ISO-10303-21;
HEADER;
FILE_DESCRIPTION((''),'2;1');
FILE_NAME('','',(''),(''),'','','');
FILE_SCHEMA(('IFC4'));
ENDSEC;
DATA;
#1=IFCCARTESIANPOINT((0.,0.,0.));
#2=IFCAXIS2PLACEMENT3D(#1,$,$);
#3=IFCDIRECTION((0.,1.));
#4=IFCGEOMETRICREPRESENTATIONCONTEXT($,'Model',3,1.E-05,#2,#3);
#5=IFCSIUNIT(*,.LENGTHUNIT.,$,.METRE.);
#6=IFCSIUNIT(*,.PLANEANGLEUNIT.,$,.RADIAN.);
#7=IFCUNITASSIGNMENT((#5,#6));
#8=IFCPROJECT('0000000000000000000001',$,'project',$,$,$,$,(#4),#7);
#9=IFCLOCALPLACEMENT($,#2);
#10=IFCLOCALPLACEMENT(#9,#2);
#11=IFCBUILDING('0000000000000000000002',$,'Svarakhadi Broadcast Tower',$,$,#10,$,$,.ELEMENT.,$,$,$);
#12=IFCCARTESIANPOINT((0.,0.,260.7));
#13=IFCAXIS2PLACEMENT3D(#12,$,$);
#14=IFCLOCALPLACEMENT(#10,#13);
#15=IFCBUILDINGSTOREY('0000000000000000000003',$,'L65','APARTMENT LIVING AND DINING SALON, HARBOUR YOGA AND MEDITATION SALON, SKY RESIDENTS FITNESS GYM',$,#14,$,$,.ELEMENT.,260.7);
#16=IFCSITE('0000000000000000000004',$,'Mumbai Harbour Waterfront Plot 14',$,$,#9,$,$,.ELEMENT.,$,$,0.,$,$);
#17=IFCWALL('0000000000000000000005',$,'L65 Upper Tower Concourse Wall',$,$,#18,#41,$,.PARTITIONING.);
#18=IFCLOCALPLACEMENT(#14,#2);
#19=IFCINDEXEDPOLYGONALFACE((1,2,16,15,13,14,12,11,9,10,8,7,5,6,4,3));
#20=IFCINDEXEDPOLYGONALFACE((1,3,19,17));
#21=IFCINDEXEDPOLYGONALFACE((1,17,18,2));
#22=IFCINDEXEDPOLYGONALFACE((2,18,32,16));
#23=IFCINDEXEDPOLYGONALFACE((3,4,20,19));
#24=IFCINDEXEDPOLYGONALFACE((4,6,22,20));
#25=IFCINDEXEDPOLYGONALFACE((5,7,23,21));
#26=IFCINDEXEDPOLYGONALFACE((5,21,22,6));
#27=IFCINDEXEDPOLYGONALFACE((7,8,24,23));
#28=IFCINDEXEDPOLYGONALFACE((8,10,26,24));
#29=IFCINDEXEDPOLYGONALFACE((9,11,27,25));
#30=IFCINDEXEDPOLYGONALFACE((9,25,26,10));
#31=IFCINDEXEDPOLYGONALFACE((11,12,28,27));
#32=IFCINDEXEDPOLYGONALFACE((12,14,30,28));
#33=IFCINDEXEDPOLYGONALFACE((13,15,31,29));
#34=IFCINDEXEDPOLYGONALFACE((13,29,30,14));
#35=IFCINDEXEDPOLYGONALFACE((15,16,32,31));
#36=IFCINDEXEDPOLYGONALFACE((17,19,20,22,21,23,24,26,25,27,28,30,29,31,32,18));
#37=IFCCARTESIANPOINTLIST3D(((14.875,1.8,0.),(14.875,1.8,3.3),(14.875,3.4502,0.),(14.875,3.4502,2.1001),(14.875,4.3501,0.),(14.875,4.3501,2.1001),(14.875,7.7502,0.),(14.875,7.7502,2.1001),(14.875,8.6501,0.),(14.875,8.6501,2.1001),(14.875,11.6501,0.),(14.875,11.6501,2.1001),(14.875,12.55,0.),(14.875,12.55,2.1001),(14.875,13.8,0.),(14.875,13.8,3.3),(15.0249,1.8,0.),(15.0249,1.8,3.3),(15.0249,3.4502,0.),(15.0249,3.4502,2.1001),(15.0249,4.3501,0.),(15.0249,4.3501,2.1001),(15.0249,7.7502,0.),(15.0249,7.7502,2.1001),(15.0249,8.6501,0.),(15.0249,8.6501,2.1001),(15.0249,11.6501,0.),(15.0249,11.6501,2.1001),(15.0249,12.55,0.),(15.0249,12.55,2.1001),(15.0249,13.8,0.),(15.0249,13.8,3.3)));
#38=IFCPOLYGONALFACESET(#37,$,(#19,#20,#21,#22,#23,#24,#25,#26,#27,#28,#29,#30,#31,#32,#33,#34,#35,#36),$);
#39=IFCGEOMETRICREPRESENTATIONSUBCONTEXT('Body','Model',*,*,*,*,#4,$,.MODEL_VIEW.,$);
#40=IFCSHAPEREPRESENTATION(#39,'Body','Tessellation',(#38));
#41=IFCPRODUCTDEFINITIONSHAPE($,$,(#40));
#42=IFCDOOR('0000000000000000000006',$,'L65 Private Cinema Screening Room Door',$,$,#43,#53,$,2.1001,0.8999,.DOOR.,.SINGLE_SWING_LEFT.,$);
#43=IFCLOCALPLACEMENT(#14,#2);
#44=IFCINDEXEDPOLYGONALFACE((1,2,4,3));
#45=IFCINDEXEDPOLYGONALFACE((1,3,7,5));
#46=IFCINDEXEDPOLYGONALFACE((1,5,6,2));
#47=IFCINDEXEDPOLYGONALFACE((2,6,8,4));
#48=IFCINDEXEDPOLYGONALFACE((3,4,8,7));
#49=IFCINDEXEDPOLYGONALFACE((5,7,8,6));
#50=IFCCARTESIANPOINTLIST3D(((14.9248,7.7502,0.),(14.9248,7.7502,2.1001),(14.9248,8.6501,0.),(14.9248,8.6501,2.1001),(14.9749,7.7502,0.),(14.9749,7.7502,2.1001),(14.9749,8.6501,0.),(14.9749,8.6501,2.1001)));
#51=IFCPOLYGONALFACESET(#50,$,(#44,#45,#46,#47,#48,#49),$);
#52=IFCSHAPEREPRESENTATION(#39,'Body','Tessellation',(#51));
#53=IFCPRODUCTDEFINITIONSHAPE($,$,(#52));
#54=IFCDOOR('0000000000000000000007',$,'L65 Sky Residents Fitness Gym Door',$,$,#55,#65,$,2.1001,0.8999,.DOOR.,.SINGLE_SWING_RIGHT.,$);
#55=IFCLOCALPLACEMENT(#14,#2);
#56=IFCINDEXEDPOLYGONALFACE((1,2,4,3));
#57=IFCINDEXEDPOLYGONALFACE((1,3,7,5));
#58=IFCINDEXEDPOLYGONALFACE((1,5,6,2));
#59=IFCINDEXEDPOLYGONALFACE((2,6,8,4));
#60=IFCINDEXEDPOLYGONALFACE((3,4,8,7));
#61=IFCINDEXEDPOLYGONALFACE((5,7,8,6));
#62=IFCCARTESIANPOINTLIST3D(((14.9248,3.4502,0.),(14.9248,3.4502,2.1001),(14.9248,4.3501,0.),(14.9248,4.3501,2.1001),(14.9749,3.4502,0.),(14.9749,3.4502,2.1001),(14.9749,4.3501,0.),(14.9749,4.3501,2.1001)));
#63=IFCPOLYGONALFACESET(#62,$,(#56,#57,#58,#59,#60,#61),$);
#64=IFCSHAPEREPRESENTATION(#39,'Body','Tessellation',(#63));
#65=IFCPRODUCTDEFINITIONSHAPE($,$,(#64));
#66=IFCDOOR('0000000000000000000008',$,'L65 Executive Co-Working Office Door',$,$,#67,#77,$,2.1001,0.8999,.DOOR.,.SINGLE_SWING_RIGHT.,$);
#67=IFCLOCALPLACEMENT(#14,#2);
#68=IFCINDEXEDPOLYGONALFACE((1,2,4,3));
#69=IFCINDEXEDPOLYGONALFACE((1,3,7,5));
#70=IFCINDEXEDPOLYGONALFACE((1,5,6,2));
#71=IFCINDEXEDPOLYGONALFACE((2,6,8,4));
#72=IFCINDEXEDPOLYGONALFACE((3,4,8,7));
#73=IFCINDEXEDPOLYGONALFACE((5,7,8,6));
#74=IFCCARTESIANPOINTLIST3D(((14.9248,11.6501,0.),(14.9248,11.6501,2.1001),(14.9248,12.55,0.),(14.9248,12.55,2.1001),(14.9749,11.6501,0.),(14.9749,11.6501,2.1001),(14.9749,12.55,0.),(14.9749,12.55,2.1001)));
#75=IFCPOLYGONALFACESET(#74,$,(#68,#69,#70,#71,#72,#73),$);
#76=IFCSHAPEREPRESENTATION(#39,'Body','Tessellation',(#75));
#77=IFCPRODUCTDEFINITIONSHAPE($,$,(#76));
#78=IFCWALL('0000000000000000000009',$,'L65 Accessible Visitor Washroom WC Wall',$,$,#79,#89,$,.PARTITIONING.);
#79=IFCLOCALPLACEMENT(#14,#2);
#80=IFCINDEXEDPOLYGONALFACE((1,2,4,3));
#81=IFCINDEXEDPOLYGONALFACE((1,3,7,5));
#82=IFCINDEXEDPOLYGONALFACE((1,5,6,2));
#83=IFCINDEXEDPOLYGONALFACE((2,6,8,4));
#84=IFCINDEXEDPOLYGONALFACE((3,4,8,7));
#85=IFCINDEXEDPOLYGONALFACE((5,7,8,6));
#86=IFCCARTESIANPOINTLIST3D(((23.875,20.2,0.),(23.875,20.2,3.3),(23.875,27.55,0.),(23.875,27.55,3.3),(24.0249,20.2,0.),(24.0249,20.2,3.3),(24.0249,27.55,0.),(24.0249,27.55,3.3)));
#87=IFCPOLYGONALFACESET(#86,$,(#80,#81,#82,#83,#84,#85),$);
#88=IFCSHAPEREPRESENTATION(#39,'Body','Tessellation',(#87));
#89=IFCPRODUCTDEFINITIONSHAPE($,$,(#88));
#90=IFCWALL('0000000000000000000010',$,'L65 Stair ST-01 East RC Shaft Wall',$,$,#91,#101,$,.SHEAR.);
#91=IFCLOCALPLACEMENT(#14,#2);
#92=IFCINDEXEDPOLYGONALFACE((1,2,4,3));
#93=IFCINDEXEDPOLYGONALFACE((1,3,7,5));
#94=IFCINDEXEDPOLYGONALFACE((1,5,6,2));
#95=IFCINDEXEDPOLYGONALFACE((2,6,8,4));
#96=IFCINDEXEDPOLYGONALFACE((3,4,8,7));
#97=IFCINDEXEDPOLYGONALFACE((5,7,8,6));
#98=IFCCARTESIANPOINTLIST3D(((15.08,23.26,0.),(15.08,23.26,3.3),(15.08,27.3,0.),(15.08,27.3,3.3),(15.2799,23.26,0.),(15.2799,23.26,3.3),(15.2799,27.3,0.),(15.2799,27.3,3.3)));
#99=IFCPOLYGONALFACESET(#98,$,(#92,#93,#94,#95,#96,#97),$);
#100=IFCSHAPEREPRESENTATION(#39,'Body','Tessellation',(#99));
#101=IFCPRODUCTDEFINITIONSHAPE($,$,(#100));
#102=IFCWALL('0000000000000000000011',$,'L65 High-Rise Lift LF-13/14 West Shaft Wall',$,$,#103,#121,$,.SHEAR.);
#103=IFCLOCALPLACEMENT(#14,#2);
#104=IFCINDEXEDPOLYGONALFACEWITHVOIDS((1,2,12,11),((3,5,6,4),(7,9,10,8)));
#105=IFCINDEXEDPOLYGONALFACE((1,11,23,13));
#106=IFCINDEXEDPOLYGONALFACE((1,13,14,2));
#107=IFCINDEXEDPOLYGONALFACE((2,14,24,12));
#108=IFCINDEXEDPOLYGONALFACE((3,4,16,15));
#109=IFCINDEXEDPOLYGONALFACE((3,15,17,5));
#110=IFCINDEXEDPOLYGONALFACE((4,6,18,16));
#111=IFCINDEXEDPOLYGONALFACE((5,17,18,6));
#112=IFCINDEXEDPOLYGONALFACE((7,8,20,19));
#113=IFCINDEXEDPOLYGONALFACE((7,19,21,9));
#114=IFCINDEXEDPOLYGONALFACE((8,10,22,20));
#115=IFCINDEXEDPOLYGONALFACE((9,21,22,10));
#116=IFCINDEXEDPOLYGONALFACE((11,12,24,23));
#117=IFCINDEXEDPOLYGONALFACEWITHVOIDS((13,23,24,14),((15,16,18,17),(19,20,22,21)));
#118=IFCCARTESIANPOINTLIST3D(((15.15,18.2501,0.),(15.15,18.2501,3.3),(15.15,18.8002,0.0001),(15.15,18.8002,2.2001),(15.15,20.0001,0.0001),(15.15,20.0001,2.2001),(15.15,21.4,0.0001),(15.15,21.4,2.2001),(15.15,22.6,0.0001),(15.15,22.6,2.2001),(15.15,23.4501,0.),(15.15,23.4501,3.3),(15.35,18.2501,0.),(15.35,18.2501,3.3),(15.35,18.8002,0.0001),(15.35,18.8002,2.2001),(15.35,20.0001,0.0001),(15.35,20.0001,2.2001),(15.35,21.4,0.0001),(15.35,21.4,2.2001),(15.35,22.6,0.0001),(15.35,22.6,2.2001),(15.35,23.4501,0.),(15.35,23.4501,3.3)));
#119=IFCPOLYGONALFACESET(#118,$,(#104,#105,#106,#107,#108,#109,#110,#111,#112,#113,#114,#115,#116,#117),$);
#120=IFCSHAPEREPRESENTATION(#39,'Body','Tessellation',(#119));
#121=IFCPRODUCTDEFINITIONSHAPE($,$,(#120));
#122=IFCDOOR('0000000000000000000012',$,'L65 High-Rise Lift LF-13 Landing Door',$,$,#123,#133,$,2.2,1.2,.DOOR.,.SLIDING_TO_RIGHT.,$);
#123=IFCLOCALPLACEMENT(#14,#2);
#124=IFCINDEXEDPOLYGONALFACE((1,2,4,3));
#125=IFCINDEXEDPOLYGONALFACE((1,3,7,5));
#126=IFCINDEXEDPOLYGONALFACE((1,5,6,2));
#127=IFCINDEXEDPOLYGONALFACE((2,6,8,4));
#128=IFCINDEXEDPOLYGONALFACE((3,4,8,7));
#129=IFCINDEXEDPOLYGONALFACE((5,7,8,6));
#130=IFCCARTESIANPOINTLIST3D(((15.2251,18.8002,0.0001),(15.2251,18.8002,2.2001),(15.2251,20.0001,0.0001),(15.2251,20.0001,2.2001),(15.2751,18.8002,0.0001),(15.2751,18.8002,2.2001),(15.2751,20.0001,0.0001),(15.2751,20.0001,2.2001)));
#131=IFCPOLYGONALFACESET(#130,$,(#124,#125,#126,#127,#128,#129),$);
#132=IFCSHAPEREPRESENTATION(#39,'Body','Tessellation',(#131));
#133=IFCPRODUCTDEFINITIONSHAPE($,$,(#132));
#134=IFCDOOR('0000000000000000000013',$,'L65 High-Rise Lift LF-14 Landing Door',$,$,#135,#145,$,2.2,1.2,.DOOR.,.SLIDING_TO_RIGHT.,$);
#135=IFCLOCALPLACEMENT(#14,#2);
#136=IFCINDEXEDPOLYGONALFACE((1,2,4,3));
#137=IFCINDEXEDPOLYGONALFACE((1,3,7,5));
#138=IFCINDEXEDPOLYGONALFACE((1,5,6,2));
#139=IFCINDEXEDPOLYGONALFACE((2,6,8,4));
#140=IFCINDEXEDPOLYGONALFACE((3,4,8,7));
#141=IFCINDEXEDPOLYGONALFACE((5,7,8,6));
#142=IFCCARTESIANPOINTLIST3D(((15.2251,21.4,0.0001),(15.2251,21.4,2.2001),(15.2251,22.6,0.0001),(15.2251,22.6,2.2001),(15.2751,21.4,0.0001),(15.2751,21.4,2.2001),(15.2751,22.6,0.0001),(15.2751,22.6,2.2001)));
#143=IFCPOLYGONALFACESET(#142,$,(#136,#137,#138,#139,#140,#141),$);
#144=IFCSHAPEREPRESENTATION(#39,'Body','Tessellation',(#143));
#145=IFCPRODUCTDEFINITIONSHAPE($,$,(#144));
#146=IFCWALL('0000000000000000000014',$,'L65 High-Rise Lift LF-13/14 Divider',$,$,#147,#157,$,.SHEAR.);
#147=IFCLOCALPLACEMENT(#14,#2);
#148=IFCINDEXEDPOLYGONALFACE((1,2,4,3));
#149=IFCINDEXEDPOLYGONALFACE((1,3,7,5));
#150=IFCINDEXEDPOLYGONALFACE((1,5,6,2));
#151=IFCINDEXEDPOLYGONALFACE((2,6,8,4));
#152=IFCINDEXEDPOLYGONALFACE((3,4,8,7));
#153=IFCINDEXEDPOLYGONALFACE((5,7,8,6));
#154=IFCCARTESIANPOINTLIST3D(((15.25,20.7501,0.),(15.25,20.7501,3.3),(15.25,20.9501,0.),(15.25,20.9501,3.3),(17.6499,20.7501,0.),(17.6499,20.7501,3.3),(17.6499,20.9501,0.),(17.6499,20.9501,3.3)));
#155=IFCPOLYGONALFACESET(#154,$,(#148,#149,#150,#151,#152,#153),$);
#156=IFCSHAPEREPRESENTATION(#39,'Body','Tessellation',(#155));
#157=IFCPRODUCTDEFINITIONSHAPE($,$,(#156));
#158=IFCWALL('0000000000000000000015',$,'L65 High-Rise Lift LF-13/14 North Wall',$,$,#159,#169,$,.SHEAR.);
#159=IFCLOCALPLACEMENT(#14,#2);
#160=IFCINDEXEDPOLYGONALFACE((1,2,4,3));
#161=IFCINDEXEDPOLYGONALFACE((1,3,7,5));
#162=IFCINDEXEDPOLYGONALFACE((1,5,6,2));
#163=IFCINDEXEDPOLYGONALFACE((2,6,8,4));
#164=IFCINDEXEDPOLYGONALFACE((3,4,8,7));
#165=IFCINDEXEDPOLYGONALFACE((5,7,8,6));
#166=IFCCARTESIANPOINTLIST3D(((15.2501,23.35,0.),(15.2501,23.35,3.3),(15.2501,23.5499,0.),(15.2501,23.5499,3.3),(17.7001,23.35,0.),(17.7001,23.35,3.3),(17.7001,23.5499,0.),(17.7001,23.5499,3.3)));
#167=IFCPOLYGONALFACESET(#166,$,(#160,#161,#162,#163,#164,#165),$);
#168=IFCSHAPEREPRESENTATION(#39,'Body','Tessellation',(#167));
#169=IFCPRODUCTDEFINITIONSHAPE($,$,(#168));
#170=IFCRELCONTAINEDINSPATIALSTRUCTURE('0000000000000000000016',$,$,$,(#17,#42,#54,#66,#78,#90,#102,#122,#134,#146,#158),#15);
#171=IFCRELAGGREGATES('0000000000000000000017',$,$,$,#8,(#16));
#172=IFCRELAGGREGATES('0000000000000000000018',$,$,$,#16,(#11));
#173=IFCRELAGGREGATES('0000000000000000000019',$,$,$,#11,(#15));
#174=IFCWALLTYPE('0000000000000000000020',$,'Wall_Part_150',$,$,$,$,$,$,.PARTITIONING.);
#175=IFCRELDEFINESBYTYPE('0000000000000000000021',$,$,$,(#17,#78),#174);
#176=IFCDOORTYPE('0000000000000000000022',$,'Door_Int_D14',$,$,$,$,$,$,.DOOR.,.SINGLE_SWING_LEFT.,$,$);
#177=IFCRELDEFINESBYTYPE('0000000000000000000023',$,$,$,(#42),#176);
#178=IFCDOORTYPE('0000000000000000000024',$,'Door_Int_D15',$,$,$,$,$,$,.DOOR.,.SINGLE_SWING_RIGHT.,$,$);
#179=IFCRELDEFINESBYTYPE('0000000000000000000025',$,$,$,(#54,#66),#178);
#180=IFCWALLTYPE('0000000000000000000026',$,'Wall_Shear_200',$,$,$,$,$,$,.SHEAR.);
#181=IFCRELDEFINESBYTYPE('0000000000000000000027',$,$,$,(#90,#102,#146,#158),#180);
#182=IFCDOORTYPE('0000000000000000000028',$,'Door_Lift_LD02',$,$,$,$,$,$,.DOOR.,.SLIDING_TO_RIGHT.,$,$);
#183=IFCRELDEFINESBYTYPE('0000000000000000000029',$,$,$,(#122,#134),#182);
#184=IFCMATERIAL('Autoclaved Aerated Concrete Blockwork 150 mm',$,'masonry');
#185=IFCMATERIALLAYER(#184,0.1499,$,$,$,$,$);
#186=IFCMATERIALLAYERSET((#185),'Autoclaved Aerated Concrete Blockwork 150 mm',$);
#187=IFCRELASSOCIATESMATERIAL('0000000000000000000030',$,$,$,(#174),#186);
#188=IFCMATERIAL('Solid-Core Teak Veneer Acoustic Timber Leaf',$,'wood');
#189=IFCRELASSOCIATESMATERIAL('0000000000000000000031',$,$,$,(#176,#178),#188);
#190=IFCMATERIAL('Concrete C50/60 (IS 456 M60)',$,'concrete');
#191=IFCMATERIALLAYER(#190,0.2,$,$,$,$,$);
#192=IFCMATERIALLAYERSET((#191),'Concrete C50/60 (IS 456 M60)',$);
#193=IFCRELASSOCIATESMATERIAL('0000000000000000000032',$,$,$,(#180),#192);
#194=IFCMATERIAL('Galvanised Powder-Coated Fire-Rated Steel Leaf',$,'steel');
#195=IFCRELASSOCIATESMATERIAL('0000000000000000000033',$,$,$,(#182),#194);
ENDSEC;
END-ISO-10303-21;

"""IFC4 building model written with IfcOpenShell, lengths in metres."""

from ifc_helpers import new_model, si_unit, direction, frame, frame_2d, origin, place, context, subcontext, project, spatial, rectangle, extrude, material, layer, layer_set, type_object, element, fill, save


model = new_model("IFC4")

# Units and contexts
model_context = context("Model", 3, precision=1e-05, world=origin(), true_north=direction((0.0, 1.0)))
body_context = subcontext(model_context, "Body", "Model", "MODEL_VIEW")
ifc_project = project(units=[si_unit("LENGTHUNIT", "METRE"), si_unit("PLANEANGLEUNIT", "RADIAN")], contexts=[model_context])

# Site, building, storey
site_placement = place(None, origin())
site = spatial("IfcSite", under=ifc_project, at=site_placement, Name="Mumbai Harbour Waterfront Plot 14", CompositionType="ELEMENT", RefElevation=0.0)
building_placement = place(site_placement, origin())
building = spatial("IfcBuilding", under=site, at=building_placement, Name="Svarakhadi Broadcast Tower", CompositionType="ELEMENT")
storey_placement = place(building_placement, frame((0.0, 0.0, 260.7)))
storey = spatial("IfcBuildingStorey", under=building, at=storey_placement, Name="L65", Description="APARTMENT LIVING AND DINING SALON, HARBOUR YOGA AND MEDITATION SALON, SKY RESIDENTS FITNESS GYM", CompositionType="ELEMENT", Elevation=260.7)

# Shared definitions
ifc_material_1 = material(Name="Concrete C50/60 (IS 456 M60)", Category="concrete")

# Shared definitions
ifc_material_2 = material(Name="Autoclaved Aerated Concrete Blockwork 150 mm", Category="masonry")
ifc_layer_1 = layer(ifc_material_2, 0.1499)
ifc_layer_set_1 = layer_set([ifc_layer_1], Name="Autoclaved Aerated Concrete Blockwork 150 mm")
wall_type_1 = type_object("IfcWallType", Name="Wall_Part_150", PredefinedType="PARTITIONING", material=ifc_layer_set_1)

# Shared definitions
ifc_material_3 = material(Name="Solid-Core Teak Veneer Acoustic Timber Leaf", Category="wood")
door_type_1 = type_object("IfcDoorType", Name="Door_Int_D14", OperationType="SINGLE_SWING_LEFT", PredefinedType="DOOR", material=ifc_material_3)
door_type_2 = type_object("IfcDoorType", Name="Door_Int_D15", OperationType="SINGLE_SWING_RIGHT", PredefinedType="DOOR", material=ifc_material_3)

# Wall, openings, doors
wall_1_placement = place(storey_placement, frame((14.95, 13.8, 0.0), z_axis=(0.0, 0.0, 1.0), x_axis=(0.0, -1.0, 0.0)))
wall_1 = element("IfcWall", 1, at=wall_1_placement, inside=storey, type_object=wall_type_1, Name="L65 Upper Tower Concourse Wall", PredefinedType="PARTITIONING", context=body_context, shape_type="SweptSolid", body=[
    extrude(rectangle(XDim=12.0, YDim=0.1499, at=frame_2d((6.0, 0.0))), origin(), (0.0, 0.0, 1.0), 3.3),
])
opening_1_placement = place(wall_1_placement, frame((9.45, 0.0, 0.0)))
opening_1 = element("IfcOpeningElement", 2, at=opening_1_placement, cuts=wall_1, PredefinedType="OPENING", context=body_context, shape_type="SweptSolid", body=[
    extrude(rectangle(XDim=0.8999, YDim=2.1001, at=frame_2d((0.45, 1.05))), frame((0.0, 0.085, 0.0), z_axis=(0.0, -1.0, 0.0), x_axis=(1.0, 0.0, 0.0)), (0.0, 0.0, 1.0), 0.1699),
])
opening_2_placement = place(wall_1_placement, frame((5.1499, 0.0, 0.0)))
opening_2 = element("IfcOpeningElement", 3, at=opening_2_placement, cuts=wall_1, PredefinedType="OPENING", context=body_context, shape_type="SweptSolid", body=[
    extrude(rectangle(XDim=0.8999, YDim=2.1001, at=frame_2d((0.45, 1.05))), frame((0.0, 0.085, 0.0), z_axis=(0.0, -1.0, 0.0), x_axis=(1.0, 0.0, 0.0)), (0.0, 0.0, 1.0), 0.1699),
])
opening_3_placement = place(wall_1_placement, frame((1.25, 0.0, 0.0)))
opening_3 = element("IfcOpeningElement", 4, at=opening_3_placement, cuts=wall_1, PredefinedType="OPENING", context=body_context, shape_type="SweptSolid", body=[
    extrude(rectangle(XDim=0.8999, YDim=2.1001, at=frame_2d((0.45, 1.05))), frame((0.0, 0.085, 0.0), z_axis=(0.0, -1.0, 0.0), x_axis=(1.0, 0.0, 0.0)), (0.0, 0.0, 1.0), 0.1699),
])
door_1_placement = place(opening_2_placement, origin())
door_1 = element("IfcDoor", 5, at=door_1_placement, inside=storey, type_object=door_type_1, Name="L65 Private Cinema Screening Room Door", OperationType="SINGLE_SWING_LEFT", OverallHeight=2.1001, OverallWidth=0.8999, PredefinedType="DOOR", context=body_context, shape_type="SweptSolid", body=[
    extrude(rectangle(XDim=0.8999, YDim=2.1001, at=frame_2d((0.45, 1.05))), frame((0.0, 0.0249, 0.0), z_axis=(0.0, -1.0, 0.0), x_axis=(1.0, 0.0, 0.0)), (0.0, 0.0, 1.0), 0.05),
])
fill(opening_2, door_1)
door_2_placement = place(opening_1_placement, origin())
door_2 = element("IfcDoor", 6, at=door_2_placement, inside=storey, type_object=door_type_2, Name="L65 Sky Residents Fitness Gym Door", OperationType="SINGLE_SWING_RIGHT", OverallHeight=2.1001, OverallWidth=0.8999, PredefinedType="DOOR", context=body_context, shape_type="SweptSolid", body=[
    extrude(rectangle(XDim=0.8999, YDim=2.1001, at=frame_2d((0.45, 1.05))), frame((0.0, 0.0249, 0.0), z_axis=(0.0, -1.0, 0.0), x_axis=(1.0, 0.0, 0.0)), (0.0, 0.0, 1.0), 0.05),
])
fill(opening_1, door_2)
door_3_placement = place(opening_3_placement, origin())
door_3 = element("IfcDoor", 7, at=door_3_placement, inside=storey, type_object=door_type_2, Name="L65 Executive Co-Working Office Door", OperationType="SINGLE_SWING_RIGHT", OverallHeight=2.1001, OverallWidth=0.8999, PredefinedType="DOOR", context=body_context, shape_type="SweptSolid", body=[
    extrude(rectangle(XDim=0.8999, YDim=2.1001, at=frame_2d((0.45, 1.05))), frame((0.0, 0.0249, 0.0), z_axis=(0.0, -1.0, 0.0), x_axis=(1.0, 0.0, 0.0)), (0.0, 0.0, 1.0), 0.05),
])
fill(opening_3, door_3)

# Walls
wall_2_placement = place(storey_placement, frame((23.95, 20.2, 0.0), z_axis=(0.0, 0.0, 1.0), x_axis=(0.0, 1.0, 0.0)))
element("IfcWall", 8, at=wall_2_placement, inside=storey, type_object=wall_type_1, Name="L65 Accessible Visitor Washroom WC Wall", PredefinedType="PARTITIONING", context=body_context, shape_type="SweptSolid", body=[
    extrude(rectangle(XDim=7.3501, YDim=0.1499, at=frame_2d((3.675, 0.0))), origin(), (0.0, 0.0, 1.0), 3.3),
])
ifc_layer_2 = layer(ifc_material_1, 0.2)
ifc_layer_set_2 = layer_set([ifc_layer_2], Name="Concrete C50/60 (IS 456 M60)")
wall_type_2 = type_object("IfcWallType", Name="Wall_Shear_200", PredefinedType="SHEAR", material=ifc_layer_set_2)
wall_3_placement = place(storey_placement, frame((15.1799, 23.26, 0.0), z_axis=(0.0, 0.0, 1.0), x_axis=(0.0, 1.0, 0.0)))
element("IfcWall", 9, at=wall_3_placement, inside=storey, type_object=wall_type_2, Name="L65 Stair ST-01 East RC Shaft Wall", PredefinedType="SHEAR", context=body_context, shape_type="SweptSolid", body=[
    extrude(rectangle(XDim=4.04, YDim=0.2, at=frame_2d((2.02, 0.0))), origin(), (0.0, 0.0, 1.0), 3.3),
])

# Wall, openings, doors
wall_4_placement = place(storey_placement, frame((15.25, 18.25, 0.0), z_axis=(0.0, 0.0, 1.0), x_axis=(0.0, 1.0, 0.0)))
wall_4 = element("IfcWall", 10, at=wall_4_placement, inside=storey, type_object=wall_type_2, Name="L65 High-Rise Lift LF-13/14 West Shaft Wall", PredefinedType="SHEAR", context=body_context, shape_type="SweptSolid", body=[
    extrude(rectangle(XDim=5.2, YDim=0.2, at=frame_2d((2.6001, 0.0))), origin(), (0.0, 0.0, 1.0), 3.3),
])
opening_4_placement = place(wall_4_placement, frame((0.55, 0.0, 0.0)))
opening_4 = element("IfcOpeningElement", 11, at=opening_4_placement, cuts=wall_4, PredefinedType="OPENING", context=body_context, shape_type="SweptSolid", body=[
    extrude(rectangle(XDim=1.2, YDim=2.2, at=frame_2d((0.6001, 1.1001))), frame((0.0, 0.1099, 0.0), z_axis=(0.0, -1.0, 0.0), x_axis=(1.0, 0.0, 0.0)), (0.0, 0.0, 1.0), 0.22),
])
opening_5_placement = place(wall_4_placement, frame((3.1499, 0.0, 0.0)))
opening_5 = element("IfcOpeningElement", 12, at=opening_5_placement, cuts=wall_4, PredefinedType="OPENING", context=body_context, shape_type="SweptSolid", body=[
    extrude(rectangle(XDim=1.2, YDim=2.2, at=frame_2d((0.6001, 1.1001))), frame((0.0, 0.1099, 0.0), z_axis=(0.0, -1.0, 0.0), x_axis=(1.0, 0.0, 0.0)), (0.0, 0.0, 1.0), 0.22),
])
ifc_material_4 = material(Name="Galvanised Powder-Coated Fire-Rated Steel Leaf", Category="steel")
door_type_3 = type_object("IfcDoorType", Name="Door_Lift_LD02", OperationType="SLIDING_TO_RIGHT", PredefinedType="DOOR", material=ifc_material_4)
door_4_placement = place(opening_4_placement, origin())
door_4 = element("IfcDoor", 13, at=door_4_placement, inside=storey, type_object=door_type_3, Name="L65 High-Rise Lift LF-13 Landing Door", OperationType="SLIDING_TO_RIGHT", OverallHeight=2.2, OverallWidth=1.2, PredefinedType="DOOR", context=body_context, shape_type="SweptSolid", body=[
    extrude(rectangle(XDim=1.2, YDim=2.2, at=frame_2d((0.6001, 1.1001))), frame((0.0, 0.0249, 0.0), z_axis=(0.0, -1.0, 0.0), x_axis=(1.0, 0.0, 0.0)), (0.0, 0.0, 1.0), 0.05),
])
fill(opening_4, door_4)
door_5_placement = place(opening_5_placement, origin())
door_5 = element("IfcDoor", 14, at=door_5_placement, inside=storey, type_object=door_type_3, Name="L65 High-Rise Lift LF-14 Landing Door", OperationType="SLIDING_TO_RIGHT", OverallHeight=2.2, OverallWidth=1.2, PredefinedType="DOOR", context=body_context, shape_type="SweptSolid", body=[
    extrude(rectangle(XDim=1.2, YDim=2.2, at=frame_2d((0.6001, 1.1001))), frame((0.0, 0.0249, 0.0), z_axis=(0.0, -1.0, 0.0), x_axis=(1.0, 0.0, 0.0)), (0.0, 0.0, 1.0), 0.05),
])
fill(opening_5, door_5)

# Walls
wall_5_placement = place(storey_placement, frame((15.25, 20.8501, 0.0), z_axis=(0.0, 0.0, 1.0), x_axis=(1.0, 0.0, 0.0)))
element("IfcWall", 15, at=wall_5_placement, inside=storey, type_object=wall_type_2, Name="L65 High-Rise Lift LF-13/14 Divider", PredefinedType="SHEAR", context=body_context, shape_type="SweptSolid", body=[
    extrude(rectangle(XDim=2.3999, YDim=0.2, at=frame_2d((1.2, 0.0))), origin(), (0.0, 0.0, 1.0), 3.3),
])
wall_6_placement = place(storey_placement, frame((15.25, 23.45, 0.0), z_axis=(0.0, 0.0, 1.0), x_axis=(1.0, 0.0, 0.0)))
element("IfcWall", 16, at=wall_6_placement, inside=storey, type_object=wall_type_2, Name="L65 High-Rise Lift LF-13/14 North Wall", PredefinedType="SHEAR", context=body_context, shape_type="SweptSolid", body=[
    extrude(rectangle(XDim=2.45, YDim=0.2, at=frame_2d((1.2251, 0.0))), origin(), (0.0, 0.0, 1.0), 3.3),
])

save(model, "model.ifc")
